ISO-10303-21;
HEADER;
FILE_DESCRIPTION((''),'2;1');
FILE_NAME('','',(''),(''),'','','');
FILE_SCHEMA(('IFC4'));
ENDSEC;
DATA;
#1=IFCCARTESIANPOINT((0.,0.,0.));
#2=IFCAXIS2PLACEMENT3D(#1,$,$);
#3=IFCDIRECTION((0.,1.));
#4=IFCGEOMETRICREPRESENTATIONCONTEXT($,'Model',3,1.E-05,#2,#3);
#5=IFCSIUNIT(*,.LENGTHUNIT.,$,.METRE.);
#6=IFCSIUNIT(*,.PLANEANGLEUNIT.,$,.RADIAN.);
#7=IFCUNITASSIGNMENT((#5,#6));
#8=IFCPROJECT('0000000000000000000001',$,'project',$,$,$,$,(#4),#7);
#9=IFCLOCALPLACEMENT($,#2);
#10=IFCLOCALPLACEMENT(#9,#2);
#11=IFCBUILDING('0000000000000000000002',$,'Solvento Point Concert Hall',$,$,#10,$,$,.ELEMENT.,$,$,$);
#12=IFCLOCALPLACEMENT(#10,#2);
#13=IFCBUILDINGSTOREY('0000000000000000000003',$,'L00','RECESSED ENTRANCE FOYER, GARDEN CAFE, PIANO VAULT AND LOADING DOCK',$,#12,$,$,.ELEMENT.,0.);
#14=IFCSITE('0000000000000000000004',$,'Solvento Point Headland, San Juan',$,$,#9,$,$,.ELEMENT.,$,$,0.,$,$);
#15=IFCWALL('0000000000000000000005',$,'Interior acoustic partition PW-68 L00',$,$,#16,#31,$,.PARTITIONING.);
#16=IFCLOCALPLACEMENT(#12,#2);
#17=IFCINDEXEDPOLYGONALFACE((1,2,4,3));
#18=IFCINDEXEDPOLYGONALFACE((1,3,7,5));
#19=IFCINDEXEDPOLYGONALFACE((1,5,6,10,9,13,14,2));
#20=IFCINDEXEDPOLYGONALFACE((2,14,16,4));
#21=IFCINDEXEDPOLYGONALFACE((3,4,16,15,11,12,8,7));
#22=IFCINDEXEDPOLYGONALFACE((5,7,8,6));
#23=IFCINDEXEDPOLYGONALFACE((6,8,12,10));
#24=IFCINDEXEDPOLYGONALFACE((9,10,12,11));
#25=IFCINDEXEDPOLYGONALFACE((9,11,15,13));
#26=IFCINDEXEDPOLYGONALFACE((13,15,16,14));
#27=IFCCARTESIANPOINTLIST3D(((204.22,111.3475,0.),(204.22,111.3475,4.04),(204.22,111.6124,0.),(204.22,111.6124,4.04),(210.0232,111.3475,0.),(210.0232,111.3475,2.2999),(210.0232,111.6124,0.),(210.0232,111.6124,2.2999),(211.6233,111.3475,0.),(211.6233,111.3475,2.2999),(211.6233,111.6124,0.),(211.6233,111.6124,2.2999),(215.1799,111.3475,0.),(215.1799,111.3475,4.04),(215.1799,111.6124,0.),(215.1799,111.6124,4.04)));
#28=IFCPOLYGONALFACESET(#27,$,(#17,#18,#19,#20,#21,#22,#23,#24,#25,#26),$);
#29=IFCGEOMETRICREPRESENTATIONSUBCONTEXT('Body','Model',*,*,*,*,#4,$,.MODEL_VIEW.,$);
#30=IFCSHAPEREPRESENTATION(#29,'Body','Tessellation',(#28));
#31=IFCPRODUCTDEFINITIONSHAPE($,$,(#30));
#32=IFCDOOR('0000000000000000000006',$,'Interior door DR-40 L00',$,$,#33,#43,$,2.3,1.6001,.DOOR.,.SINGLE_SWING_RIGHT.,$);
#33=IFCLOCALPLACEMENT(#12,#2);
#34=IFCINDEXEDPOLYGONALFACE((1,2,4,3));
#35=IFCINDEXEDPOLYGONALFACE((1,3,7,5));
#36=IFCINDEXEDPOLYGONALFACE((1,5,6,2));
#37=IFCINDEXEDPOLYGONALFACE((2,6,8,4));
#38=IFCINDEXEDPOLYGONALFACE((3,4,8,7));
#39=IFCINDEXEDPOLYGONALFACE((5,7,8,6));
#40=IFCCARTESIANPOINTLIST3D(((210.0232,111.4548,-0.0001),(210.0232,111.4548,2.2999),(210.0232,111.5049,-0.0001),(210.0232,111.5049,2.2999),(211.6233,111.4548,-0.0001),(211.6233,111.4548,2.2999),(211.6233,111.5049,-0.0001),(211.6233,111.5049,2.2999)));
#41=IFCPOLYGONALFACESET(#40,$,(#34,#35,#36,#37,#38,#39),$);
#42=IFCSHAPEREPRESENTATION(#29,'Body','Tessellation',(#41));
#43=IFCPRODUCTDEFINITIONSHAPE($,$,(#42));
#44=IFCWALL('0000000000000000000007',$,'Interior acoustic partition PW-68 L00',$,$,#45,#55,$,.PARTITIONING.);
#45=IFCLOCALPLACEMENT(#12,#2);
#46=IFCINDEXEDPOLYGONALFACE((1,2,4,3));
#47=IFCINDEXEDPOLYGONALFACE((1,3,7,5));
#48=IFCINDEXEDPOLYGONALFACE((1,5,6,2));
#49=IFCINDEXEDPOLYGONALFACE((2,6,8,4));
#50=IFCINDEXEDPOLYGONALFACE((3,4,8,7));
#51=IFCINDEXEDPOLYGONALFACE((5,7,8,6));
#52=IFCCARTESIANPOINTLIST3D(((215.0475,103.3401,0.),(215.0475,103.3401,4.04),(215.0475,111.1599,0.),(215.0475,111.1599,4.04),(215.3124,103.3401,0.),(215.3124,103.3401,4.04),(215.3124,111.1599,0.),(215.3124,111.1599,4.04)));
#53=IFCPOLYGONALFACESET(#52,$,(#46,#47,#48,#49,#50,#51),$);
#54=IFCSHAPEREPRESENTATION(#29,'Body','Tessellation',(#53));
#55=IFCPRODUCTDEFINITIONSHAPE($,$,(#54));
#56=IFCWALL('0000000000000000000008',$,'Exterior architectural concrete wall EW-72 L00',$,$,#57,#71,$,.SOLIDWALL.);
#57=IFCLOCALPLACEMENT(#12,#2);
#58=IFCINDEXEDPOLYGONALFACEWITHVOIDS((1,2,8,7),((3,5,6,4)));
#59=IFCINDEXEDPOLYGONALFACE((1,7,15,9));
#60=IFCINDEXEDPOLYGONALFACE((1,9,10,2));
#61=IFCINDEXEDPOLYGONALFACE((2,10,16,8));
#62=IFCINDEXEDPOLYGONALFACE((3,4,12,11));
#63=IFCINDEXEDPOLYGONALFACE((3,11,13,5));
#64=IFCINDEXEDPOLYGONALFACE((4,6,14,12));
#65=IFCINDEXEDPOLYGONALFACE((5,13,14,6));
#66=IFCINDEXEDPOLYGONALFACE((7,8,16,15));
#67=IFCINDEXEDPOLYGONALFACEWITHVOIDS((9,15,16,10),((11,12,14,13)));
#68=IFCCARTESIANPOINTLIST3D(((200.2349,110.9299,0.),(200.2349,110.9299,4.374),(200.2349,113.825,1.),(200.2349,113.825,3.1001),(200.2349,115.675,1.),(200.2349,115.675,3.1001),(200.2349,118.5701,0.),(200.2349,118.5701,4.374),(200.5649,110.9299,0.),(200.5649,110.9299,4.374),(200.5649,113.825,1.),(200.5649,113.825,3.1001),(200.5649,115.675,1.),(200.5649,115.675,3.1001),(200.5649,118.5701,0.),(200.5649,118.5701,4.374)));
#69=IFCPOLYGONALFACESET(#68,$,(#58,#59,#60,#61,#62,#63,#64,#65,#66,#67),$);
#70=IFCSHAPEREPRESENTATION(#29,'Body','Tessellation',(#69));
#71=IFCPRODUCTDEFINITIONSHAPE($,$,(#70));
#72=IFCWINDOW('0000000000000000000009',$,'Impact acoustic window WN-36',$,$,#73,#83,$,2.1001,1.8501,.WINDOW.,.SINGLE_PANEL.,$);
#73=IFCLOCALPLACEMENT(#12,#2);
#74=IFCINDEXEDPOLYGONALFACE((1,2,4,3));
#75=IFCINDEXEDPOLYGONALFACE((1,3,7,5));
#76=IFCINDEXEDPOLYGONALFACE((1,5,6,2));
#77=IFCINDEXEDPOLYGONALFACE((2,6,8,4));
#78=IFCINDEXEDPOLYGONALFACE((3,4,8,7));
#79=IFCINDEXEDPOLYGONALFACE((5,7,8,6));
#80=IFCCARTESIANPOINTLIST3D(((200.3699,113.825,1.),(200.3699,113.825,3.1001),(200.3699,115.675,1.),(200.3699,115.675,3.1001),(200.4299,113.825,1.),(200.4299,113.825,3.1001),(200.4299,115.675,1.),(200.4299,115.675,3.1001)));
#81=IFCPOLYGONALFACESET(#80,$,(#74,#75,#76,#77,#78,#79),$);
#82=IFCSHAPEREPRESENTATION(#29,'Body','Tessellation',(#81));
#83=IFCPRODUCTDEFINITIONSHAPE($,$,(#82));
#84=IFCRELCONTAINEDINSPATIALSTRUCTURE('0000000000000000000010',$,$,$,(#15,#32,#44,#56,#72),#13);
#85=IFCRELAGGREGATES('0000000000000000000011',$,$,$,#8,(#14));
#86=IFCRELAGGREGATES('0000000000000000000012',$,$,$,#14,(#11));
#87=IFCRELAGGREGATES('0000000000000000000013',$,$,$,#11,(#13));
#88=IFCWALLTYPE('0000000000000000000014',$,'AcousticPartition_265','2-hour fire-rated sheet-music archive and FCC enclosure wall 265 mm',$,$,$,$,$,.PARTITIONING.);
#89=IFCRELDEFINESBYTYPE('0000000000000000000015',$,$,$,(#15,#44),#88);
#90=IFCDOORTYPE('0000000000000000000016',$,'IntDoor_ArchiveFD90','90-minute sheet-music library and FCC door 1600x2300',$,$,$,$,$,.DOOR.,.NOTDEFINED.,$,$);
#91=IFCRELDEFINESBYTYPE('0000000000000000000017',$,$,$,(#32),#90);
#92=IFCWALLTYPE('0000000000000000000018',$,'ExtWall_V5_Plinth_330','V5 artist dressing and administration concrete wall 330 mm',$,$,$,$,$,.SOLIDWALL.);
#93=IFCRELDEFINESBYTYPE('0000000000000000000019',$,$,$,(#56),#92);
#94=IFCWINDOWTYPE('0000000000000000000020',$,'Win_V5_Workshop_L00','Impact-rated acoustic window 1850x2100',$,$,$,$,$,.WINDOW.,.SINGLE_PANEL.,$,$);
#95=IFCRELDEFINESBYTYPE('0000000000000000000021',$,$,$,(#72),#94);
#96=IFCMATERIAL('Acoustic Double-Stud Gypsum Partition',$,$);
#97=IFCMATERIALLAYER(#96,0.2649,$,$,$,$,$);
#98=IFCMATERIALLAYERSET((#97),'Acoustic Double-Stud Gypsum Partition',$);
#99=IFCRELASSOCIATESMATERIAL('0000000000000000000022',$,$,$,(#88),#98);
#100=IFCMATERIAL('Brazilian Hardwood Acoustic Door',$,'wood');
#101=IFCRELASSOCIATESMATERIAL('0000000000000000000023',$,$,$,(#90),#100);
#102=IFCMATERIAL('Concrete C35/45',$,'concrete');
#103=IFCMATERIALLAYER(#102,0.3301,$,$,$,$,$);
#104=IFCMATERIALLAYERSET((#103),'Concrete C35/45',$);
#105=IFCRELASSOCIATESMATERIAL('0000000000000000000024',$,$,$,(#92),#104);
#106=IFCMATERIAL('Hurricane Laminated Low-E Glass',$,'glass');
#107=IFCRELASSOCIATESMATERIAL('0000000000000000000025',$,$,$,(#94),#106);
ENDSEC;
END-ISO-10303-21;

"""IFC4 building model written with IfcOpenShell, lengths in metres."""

from ifc_helpers import new_model, si_unit, direction, frame, frame_2d, origin, place, context, subcontext, project, spatial, rectangle, extrude, material, layer, layer_set, type_object, element, fill, save


model = new_model("IFC4")

# Units and contexts
model_context = context("Model", 3, precision=1e-05, world=origin(), true_north=direction((0.0, 1.0)))
body_context = subcontext(model_context, "Body", "Model", "MODEL_VIEW")
ifc_project = project(units=[si_unit("LENGTHUNIT", "METRE"), si_unit("PLANEANGLEUNIT", "RADIAN")], contexts=[model_context])

# Site, building, storey
site_placement = place(None, origin())
site = spatial("IfcSite", under=ifc_project, at=site_placement, Name="Solvento Point Headland, San Juan", CompositionType="ELEMENT", RefElevation=0.0)
building_placement = place(site_placement, origin())
building = spatial("IfcBuilding", under=site, at=building_placement, Name="Solvento Point Concert Hall", CompositionType="ELEMENT")
storey_placement = place(building_placement, origin())
storey = spatial("IfcBuildingStorey", under=building, at=storey_placement, Name="L00", Description="RECESSED ENTRANCE FOYER, GARDEN CAFE, PIANO VAULT AND LOADING DOCK", CompositionType="ELEMENT", Elevation=0.0)

# Wall, opening, door
ifc_material_1 = material(Name="Acoustic Double-Stud Gypsum Partition")
ifc_layer_1 = layer(ifc_material_1, 0.2649)
ifc_layer_set_1 = layer_set([ifc_layer_1], Name="Acoustic Double-Stud Gypsum Partition")
wall_type_1 = type_object("IfcWallType", Name="AcousticPartition_265", Description="2-hour fire-rated sheet-music archive and FCC enclosure wall 265 mm", PredefinedType="PARTITIONING", material=ifc_layer_set_1)
wall_1_placement = place(storey_placement, frame((204.22, 111.48, 0.0), z_axis=(0.0, 0.0, 1.0), x_axis=(1.0, 0.0, 0.0)))
wall_1 = element("IfcWall", 1, at=wall_1_placement, inside=storey, type_object=wall_type_1, Name="Interior acoustic partition PW-68 L00", PredefinedType="PARTITIONING", context=body_context, shape_type="SweptSolid", body=[
    extrude(rectangle(XDim=10.96, YDim=0.2649, at=frame_2d((5.48, 0.0))), origin(), (0.0, 0.0, 1.0), 4.04),
])
opening_1_placement = place(wall_1_placement, frame((5.8032, 0.0, 0.0)))
opening_1 = element("IfcOpeningElement", 2, at=opening_1_placement, cuts=wall_1, PredefinedType="OPENING", context=body_context, shape_type="SweptSolid", body=[
    extrude(rectangle(XDim=1.6001, YDim=2.3, at=frame_2d((0.8, 1.1499))), frame((0.0, 0.1423, 0.0), z_axis=(0.0, -1.0, 0.0), x_axis=(1.0, 0.0, 0.0)), (0.0, 0.0, 1.0), 0.2849),
])
ifc_material_2 = material(Name="Brazilian Hardwood Acoustic Door", Category="wood")
door_type_1 = type_object("IfcDoorType", Name="IntDoor_ArchiveFD90", Description="90-minute sheet-music library and FCC door 1600x2300", OperationType="NOTDEFINED", PredefinedType="DOOR", material=ifc_material_2)
door_1_placement = place(opening_1_placement, origin())
door_1 = element("IfcDoor", 3, at=door_1_placement, inside=storey, type_object=door_type_1, Name="Interior door DR-40 L00", OperationType="SINGLE_SWING_RIGHT", OverallHeight=2.3, OverallWidth=1.6001, PredefinedType="DOOR", context=body_context, shape_type="SweptSolid", body=[
    extrude(rectangle(XDim=1.6001, YDim=2.3, at=frame_2d((0.8, 1.1499))), frame((0.0, 0.0249, 0.0), z_axis=(0.0, -1.0, 0.0), x_axis=(1.0, 0.0, 0.0)), (0.0, 0.0, 1.0), 0.05),
])
fill(opening_1, door_1)

# Wall
wall_2_placement = place(storey_placement, frame((215.1799, 111.1599, 0.0), z_axis=(0.0, 0.0, 1.0), x_axis=(0.0, -1.0, 0.0)))
element("IfcWall", 4, at=wall_2_placement, inside=storey, type_object=wall_type_1, Name="Interior acoustic partition PW-68 L00", PredefinedType="PARTITIONING", context=body_context, shape_type="SweptSolid", body=[
    extrude(rectangle(XDim=7.8198, YDim=0.2649, at=frame_2d((3.9099, 0.0))), origin(), (0.0, 0.0, 1.0), 4.04),
])

# Shared definitions
ifc_material_3 = material(Name="Concrete C35/45", Category="concrete")
ifc_layer_2 = layer(ifc_material_3, 0.3301)
ifc_layer_set_2 = layer_set([ifc_layer_2], Name="Concrete C35/45")
wall_type_2 = type_object("IfcWallType", Name="ExtWall_V5_Plinth_330", Description="V5 artist dressing and administration concrete wall 330 mm", PredefinedType="SOLIDWALL", material=ifc_layer_set_2)

# Wall, opening, window
wall_3_placement = place(storey_placement, frame((200.3999, 110.9299, 0.0), z_axis=(0.0, 0.0, 1.0), x_axis=(0.0, 1.0, 0.0)))
wall_3 = element("IfcWall", 5, at=wall_3_placement, inside=storey, type_object=wall_type_2, Name="Exterior architectural concrete wall EW-72 L00", PredefinedType="SOLIDWALL", context=body_context, shape_type="SweptSolid", body=[
    extrude(rectangle(XDim=7.6401, YDim=0.3301, at=frame_2d((3.8201, 0.0))), origin(), (0.0, 0.0, 1.0), 4.374),
])
opening_2_placement = place(wall_3_placement, frame((2.895, 0.0, 1.0)))
opening_2 = element("IfcOpeningElement", 6, at=opening_2_placement, cuts=wall_3, PredefinedType="OPENING", context=body_context, shape_type="SweptSolid", body=[
    extrude(rectangle(XDim=1.8501, YDim=2.1001, at=frame_2d((0.925, 1.05))), frame((0.0, 0.175, 0.0), z_axis=(0.0, -1.0, 0.0), x_axis=(1.0, 0.0, 0.0)), (0.0, 0.0, 1.0), 0.3501),
])
ifc_material_4 = material(Name="Hurricane Laminated Low-E Glass", Category="glass")
window_type = type_object("IfcWindowType", Name="Win_V5_Workshop_L00", Description="Impact-rated acoustic window 1850x2100", PartitioningType="SINGLE_PANEL", PredefinedType="WINDOW", material=ifc_material_4)
window_placement = place(opening_2_placement, origin())
window = element("IfcWindow", 7, at=window_placement, inside=storey, type_object=window_type, Name="Impact acoustic window WN-36", OverallHeight=2.1001, OverallWidth=1.8501, PartitioningType="SINGLE_PANEL", PredefinedType="WINDOW", context=body_context, shape_type="SweptSolid", body=[
    extrude(rectangle(XDim=1.8501, YDim=2.1001, at=frame_2d((0.925, 1.05))), frame((0.0, 0.03, 0.0), z_axis=(0.0, -1.0, 0.0), x_axis=(1.0, 0.0, 0.0)), (0.0, 0.0, 1.0), 0.0601),
])
fill(opening_2, window)

save(model, "model.ifc")
